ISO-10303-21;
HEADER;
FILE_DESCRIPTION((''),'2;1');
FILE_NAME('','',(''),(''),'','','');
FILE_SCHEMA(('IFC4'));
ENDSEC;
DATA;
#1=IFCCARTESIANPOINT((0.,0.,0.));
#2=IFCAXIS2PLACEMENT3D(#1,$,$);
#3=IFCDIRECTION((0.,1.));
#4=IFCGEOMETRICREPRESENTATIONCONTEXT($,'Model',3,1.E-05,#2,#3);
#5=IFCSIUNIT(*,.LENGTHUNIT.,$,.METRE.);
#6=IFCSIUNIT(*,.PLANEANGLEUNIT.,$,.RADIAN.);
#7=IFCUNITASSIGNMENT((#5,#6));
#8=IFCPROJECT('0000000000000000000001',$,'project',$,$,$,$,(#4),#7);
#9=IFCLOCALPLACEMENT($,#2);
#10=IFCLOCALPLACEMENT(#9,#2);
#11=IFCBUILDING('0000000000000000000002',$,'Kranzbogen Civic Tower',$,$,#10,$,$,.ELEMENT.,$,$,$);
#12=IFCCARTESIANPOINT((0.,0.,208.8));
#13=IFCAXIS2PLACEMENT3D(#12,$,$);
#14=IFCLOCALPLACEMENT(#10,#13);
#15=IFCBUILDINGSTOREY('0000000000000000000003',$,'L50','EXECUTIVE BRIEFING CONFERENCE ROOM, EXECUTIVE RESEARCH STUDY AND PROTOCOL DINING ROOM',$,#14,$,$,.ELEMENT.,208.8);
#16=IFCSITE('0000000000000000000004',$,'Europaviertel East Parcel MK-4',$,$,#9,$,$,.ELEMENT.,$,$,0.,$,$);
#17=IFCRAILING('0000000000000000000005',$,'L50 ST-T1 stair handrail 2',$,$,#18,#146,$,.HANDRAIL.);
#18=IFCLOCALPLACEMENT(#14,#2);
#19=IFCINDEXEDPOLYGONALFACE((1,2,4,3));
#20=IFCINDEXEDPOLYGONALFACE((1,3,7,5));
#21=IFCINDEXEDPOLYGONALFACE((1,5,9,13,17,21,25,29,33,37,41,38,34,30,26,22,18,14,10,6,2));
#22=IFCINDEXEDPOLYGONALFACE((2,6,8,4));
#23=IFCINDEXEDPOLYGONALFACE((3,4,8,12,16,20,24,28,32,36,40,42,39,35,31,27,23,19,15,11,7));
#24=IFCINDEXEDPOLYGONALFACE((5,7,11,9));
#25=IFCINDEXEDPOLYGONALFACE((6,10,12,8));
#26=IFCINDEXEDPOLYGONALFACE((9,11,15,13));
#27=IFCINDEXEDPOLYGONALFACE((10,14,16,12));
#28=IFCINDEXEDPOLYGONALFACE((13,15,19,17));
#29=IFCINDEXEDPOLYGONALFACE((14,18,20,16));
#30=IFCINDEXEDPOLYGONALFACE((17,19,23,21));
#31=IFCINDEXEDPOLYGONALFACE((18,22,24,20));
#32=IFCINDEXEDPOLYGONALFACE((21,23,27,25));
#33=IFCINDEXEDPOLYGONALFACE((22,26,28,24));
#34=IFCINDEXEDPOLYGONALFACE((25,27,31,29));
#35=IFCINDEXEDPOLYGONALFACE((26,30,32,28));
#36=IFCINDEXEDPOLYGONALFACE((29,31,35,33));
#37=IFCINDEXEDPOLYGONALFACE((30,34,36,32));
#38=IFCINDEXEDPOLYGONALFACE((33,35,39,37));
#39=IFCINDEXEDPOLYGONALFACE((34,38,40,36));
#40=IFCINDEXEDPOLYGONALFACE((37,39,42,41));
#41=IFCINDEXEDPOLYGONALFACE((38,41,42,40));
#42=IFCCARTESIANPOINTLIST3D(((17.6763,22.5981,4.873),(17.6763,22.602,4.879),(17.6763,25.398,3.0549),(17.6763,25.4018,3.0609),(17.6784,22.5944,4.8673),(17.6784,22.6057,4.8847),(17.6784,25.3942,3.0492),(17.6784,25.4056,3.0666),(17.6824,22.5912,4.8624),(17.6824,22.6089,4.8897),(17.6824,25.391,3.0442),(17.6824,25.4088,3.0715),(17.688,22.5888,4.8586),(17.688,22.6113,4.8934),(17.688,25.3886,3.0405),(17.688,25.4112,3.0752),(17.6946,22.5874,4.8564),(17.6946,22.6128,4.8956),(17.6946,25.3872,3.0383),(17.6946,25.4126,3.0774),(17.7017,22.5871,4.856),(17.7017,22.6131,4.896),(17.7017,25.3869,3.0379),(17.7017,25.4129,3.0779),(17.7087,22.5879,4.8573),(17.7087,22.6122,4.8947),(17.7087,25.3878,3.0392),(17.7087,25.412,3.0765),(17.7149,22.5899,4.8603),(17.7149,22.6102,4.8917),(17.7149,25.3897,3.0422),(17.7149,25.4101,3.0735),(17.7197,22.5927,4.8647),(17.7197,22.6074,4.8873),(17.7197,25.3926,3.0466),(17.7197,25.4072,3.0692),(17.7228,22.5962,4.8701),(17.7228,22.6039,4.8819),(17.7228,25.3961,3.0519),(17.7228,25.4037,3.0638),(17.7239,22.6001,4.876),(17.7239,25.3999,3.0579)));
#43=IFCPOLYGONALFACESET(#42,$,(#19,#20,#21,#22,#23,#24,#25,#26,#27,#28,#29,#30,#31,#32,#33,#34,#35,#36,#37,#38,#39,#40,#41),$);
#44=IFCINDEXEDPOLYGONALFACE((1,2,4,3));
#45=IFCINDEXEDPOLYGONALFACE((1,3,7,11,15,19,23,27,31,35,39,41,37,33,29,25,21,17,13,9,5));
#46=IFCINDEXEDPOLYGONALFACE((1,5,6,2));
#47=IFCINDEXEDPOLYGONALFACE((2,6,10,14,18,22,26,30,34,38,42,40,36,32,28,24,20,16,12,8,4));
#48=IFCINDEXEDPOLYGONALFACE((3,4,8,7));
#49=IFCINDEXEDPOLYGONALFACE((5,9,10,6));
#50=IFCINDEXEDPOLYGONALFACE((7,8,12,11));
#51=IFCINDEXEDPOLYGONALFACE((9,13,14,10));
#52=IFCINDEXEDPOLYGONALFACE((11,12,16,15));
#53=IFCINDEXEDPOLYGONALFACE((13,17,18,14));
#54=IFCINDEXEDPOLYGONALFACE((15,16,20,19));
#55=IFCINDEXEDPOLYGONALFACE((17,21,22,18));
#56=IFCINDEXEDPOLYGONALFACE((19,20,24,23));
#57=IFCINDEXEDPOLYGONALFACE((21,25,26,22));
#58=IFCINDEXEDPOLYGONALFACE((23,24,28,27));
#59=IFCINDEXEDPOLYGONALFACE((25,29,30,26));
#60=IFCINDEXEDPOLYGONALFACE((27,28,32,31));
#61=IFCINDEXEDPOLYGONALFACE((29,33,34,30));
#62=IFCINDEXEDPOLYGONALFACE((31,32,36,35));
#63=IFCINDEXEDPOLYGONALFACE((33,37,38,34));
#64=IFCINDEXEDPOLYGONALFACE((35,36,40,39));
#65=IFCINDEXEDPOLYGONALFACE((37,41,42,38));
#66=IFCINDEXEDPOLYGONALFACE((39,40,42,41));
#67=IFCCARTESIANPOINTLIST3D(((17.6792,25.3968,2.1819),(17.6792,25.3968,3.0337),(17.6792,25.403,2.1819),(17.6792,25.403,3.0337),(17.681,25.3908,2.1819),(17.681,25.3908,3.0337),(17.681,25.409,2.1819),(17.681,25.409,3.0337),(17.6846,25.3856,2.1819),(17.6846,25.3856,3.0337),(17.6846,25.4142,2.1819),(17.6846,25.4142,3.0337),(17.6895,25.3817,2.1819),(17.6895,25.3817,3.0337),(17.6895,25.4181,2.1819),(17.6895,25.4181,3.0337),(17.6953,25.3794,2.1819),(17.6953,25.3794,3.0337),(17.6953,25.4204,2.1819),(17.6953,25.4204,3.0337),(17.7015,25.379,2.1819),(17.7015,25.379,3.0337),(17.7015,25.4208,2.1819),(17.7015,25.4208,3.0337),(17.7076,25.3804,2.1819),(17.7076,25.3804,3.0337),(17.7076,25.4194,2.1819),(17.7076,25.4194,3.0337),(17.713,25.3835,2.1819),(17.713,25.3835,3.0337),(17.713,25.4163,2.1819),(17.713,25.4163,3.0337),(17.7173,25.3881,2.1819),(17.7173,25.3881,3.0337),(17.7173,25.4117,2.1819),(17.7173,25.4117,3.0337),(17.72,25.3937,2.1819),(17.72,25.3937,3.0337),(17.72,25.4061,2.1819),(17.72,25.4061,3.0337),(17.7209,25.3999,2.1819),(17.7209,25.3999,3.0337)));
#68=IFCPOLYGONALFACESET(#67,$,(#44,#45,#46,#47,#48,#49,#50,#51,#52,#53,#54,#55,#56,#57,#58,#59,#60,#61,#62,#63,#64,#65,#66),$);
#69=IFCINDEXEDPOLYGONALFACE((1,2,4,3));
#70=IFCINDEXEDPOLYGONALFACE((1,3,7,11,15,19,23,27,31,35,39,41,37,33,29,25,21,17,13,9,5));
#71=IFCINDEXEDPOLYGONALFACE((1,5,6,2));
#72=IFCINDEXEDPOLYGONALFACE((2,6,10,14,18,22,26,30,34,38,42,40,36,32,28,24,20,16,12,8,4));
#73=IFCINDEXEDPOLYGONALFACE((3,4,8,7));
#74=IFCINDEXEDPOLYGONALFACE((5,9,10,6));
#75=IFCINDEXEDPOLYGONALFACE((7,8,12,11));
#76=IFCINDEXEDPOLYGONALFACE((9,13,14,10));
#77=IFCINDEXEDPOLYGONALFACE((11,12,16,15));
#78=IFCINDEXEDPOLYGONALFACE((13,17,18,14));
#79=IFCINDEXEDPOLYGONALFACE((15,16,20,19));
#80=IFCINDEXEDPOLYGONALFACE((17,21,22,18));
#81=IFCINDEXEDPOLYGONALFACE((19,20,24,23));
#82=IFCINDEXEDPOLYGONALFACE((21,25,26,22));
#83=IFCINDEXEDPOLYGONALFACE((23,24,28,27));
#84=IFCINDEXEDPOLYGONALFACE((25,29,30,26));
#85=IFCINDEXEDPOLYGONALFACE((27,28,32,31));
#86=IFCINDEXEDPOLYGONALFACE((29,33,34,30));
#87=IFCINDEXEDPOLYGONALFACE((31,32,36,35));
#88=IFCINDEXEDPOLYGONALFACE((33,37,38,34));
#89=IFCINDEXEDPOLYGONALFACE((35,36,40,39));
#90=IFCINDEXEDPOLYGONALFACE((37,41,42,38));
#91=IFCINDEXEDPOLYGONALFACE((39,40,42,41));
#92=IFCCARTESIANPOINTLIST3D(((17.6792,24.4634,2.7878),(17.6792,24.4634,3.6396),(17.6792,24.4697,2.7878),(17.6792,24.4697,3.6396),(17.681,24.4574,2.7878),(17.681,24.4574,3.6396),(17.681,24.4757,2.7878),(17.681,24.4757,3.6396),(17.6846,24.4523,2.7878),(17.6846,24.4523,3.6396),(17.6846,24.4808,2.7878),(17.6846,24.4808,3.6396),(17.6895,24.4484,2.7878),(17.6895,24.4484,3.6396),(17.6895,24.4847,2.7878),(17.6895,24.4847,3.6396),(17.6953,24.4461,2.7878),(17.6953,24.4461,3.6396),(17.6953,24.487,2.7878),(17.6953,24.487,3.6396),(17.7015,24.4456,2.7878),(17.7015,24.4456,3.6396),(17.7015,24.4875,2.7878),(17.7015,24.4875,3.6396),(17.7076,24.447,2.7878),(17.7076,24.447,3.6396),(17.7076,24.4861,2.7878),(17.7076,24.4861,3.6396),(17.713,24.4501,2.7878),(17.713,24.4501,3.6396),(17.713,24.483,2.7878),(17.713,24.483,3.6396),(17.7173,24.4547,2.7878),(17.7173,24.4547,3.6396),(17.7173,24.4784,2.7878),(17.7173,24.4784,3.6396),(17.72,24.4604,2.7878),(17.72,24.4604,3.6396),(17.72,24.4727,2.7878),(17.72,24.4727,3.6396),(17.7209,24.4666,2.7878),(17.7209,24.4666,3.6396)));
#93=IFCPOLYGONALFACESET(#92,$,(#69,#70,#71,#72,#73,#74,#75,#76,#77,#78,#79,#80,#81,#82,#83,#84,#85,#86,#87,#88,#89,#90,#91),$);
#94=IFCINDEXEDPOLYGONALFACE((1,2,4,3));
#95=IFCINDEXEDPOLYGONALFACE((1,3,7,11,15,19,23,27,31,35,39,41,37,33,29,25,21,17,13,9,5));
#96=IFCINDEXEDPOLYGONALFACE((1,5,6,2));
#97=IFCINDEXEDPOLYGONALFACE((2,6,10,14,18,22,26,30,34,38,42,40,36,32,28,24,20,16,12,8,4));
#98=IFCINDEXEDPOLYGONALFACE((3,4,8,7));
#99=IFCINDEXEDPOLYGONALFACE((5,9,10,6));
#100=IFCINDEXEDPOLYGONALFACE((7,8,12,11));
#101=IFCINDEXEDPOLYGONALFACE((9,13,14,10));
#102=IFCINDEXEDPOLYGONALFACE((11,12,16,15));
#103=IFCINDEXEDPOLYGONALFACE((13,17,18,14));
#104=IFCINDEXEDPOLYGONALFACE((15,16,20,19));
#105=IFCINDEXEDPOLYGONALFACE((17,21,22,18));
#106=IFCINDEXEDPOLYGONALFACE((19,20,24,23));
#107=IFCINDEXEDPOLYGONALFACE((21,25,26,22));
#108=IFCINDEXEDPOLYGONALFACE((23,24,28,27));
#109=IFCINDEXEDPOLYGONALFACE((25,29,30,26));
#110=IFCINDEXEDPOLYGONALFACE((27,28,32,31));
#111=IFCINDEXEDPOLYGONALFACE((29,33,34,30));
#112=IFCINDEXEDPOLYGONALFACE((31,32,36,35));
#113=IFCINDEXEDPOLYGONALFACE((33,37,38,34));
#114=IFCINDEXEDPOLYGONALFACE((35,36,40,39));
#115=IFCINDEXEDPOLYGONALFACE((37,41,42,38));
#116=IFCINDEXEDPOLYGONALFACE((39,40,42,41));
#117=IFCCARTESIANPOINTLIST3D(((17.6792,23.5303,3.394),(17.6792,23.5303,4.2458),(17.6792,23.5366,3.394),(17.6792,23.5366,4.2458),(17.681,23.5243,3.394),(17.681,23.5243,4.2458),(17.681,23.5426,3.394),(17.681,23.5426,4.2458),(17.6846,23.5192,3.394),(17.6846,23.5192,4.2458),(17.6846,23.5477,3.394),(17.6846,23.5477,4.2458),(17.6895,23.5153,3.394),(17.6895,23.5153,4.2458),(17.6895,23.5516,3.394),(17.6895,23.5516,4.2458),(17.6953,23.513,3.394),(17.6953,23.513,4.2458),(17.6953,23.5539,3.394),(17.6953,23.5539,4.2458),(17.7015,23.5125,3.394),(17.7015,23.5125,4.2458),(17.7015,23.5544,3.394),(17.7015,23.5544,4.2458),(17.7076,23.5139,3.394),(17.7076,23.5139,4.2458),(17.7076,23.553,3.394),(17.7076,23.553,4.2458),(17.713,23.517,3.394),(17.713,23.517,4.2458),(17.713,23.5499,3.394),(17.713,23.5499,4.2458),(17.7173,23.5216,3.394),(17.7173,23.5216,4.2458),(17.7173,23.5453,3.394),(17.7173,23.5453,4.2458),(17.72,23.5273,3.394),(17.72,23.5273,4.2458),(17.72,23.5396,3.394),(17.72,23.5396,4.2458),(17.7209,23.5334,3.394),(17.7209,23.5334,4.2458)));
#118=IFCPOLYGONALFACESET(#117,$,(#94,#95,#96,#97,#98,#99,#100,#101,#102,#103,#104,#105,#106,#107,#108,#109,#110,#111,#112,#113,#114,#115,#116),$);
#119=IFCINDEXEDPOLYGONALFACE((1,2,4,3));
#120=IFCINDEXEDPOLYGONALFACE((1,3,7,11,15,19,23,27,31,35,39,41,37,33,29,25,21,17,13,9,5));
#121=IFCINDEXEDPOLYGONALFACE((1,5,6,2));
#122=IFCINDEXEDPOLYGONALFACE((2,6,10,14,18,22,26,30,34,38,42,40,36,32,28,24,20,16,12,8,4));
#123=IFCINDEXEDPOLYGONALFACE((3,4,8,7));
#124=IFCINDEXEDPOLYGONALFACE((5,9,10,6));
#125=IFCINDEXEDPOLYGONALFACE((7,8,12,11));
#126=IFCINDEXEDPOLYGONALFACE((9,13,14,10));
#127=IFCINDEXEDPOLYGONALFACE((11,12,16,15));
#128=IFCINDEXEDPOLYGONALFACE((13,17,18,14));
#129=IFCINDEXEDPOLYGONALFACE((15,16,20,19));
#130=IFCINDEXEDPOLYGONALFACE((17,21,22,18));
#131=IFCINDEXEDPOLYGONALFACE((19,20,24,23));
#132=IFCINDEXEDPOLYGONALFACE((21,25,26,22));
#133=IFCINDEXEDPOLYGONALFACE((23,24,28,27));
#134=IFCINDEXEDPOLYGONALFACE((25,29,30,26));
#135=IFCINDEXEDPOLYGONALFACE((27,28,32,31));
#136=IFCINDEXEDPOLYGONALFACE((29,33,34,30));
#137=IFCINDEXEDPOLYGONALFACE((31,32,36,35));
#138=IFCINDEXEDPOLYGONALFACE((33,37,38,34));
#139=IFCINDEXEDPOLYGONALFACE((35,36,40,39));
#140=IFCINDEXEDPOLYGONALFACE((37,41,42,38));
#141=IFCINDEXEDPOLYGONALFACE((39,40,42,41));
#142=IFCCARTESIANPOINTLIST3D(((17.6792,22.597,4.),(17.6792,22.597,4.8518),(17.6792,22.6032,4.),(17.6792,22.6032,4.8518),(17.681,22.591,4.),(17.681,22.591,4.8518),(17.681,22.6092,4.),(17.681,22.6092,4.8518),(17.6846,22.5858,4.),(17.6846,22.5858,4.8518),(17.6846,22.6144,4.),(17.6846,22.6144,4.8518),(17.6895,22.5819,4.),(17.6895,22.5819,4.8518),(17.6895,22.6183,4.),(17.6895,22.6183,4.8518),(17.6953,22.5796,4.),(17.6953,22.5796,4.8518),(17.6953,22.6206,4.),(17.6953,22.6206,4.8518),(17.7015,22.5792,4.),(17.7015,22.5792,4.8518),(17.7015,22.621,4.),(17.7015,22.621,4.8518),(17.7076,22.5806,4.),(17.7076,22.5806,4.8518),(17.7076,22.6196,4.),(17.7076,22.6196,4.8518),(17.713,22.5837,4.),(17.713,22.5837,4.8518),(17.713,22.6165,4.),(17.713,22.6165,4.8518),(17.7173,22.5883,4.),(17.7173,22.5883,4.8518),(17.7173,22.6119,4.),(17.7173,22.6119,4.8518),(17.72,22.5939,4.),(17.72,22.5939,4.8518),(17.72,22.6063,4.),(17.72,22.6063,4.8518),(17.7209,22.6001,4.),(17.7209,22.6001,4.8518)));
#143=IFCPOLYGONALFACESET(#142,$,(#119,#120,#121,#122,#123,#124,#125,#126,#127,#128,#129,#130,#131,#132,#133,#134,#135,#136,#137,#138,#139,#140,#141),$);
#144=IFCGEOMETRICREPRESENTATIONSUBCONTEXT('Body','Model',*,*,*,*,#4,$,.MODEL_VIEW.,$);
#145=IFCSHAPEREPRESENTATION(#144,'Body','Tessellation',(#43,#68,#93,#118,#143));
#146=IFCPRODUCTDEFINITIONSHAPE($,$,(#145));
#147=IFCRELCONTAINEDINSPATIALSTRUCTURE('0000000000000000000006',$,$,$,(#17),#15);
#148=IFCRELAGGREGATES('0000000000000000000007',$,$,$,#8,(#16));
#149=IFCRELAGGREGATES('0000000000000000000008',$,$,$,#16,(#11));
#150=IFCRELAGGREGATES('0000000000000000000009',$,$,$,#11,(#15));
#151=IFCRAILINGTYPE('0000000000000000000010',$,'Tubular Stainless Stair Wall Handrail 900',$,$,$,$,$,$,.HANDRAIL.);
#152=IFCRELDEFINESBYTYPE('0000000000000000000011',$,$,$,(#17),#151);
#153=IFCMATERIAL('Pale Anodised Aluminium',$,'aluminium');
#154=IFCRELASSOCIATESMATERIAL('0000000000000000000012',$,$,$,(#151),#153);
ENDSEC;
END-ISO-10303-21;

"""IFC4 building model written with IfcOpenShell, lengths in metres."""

from ifc_helpers import new_model, si_unit, direction, frame, origin, origin_2d, place, context, subcontext, project, spatial, circle, extrude, material, type_object, element, save


model = new_model("IFC4")

# Units and contexts
model_context = context("Model", 3, precision=1e-05, world=origin(), true_north=direction((0.0, 1.0)))
body_context = subcontext(model_context, "Body", "Model", "MODEL_VIEW")
ifc_project = project(units=[si_unit("LENGTHUNIT", "METRE"), si_unit("PLANEANGLEUNIT", "RADIAN")], contexts=[model_context])

# Site, building, storey
site_placement = place(None, origin())
site = spatial("IfcSite", under=ifc_project, at=site_placement, Name="Europaviertel East Parcel MK-4", CompositionType="ELEMENT", RefElevation=0.0)
building_placement = place(site_placement, origin())
building = spatial("IfcBuilding", under=site, at=building_placement, Name="Kranzbogen Civic Tower", CompositionType="ELEMENT")
storey_placement = place(building_placement, frame((0.0, 0.0, 208.8)))
storey = spatial("IfcBuildingStorey", under=building, at=storey_placement, Name="L50", Description="EXECUTIVE BRIEFING CONFERENCE ROOM, EXECUTIVE RESEARCH STUDY AND PROTOCOL DINING ROOM", CompositionType="ELEMENT", Elevation=208.8)

# Shared definitions
ifc_material_1 = material(Name="Pale Anodised Aluminium", Category="aluminium")

# Railing
railing_type_1 = type_object("IfcRailingType", Name="Tubular Stainless Stair Wall Handrail 900", PredefinedType="HANDRAIL", material=ifc_material_1)
railing_1_placement = place(storey_placement, frame((17.7, 25.3999, 2.1819)))
element("IfcRailing", 1, at=railing_1_placement, inside=storey, type_object=railing_type_1, Name="L50 ST-T1 stair handrail 2", PredefinedType="HANDRAIL", context=body_context, shape_type="SweptSolid", body=[
    extrude(circle(Radius=0.0239, at=origin_2d()), frame((0.0, 0.0, 0.876), z_axis=(0.0, -0.838684, 0.544618), x_axis=(1.0, 0.0, 0.0)), (0.0, 0.0, 1.0), 3.3384),
    extrude(circle(Radius=0.021, at=origin_2d()), origin(), (0.0, 0.0, 1.0), 0.8518),
    extrude(circle(Radius=0.021, at=origin_2d()), frame((0.0, -0.9333, 0.606)), (0.0, 0.0, 1.0), 0.8518),
    extrude(circle(Radius=0.021, at=origin_2d()), frame((0.0, -1.8665, 1.2122)), (0.0, 0.0, 1.0), 0.8518),
    extrude(circle(Radius=0.021, at=origin_2d()), frame((0.0, -2.7998, 1.8181)), (0.0, 0.0, 1.0), 0.8518),
])

save(model, "model.ifc")
